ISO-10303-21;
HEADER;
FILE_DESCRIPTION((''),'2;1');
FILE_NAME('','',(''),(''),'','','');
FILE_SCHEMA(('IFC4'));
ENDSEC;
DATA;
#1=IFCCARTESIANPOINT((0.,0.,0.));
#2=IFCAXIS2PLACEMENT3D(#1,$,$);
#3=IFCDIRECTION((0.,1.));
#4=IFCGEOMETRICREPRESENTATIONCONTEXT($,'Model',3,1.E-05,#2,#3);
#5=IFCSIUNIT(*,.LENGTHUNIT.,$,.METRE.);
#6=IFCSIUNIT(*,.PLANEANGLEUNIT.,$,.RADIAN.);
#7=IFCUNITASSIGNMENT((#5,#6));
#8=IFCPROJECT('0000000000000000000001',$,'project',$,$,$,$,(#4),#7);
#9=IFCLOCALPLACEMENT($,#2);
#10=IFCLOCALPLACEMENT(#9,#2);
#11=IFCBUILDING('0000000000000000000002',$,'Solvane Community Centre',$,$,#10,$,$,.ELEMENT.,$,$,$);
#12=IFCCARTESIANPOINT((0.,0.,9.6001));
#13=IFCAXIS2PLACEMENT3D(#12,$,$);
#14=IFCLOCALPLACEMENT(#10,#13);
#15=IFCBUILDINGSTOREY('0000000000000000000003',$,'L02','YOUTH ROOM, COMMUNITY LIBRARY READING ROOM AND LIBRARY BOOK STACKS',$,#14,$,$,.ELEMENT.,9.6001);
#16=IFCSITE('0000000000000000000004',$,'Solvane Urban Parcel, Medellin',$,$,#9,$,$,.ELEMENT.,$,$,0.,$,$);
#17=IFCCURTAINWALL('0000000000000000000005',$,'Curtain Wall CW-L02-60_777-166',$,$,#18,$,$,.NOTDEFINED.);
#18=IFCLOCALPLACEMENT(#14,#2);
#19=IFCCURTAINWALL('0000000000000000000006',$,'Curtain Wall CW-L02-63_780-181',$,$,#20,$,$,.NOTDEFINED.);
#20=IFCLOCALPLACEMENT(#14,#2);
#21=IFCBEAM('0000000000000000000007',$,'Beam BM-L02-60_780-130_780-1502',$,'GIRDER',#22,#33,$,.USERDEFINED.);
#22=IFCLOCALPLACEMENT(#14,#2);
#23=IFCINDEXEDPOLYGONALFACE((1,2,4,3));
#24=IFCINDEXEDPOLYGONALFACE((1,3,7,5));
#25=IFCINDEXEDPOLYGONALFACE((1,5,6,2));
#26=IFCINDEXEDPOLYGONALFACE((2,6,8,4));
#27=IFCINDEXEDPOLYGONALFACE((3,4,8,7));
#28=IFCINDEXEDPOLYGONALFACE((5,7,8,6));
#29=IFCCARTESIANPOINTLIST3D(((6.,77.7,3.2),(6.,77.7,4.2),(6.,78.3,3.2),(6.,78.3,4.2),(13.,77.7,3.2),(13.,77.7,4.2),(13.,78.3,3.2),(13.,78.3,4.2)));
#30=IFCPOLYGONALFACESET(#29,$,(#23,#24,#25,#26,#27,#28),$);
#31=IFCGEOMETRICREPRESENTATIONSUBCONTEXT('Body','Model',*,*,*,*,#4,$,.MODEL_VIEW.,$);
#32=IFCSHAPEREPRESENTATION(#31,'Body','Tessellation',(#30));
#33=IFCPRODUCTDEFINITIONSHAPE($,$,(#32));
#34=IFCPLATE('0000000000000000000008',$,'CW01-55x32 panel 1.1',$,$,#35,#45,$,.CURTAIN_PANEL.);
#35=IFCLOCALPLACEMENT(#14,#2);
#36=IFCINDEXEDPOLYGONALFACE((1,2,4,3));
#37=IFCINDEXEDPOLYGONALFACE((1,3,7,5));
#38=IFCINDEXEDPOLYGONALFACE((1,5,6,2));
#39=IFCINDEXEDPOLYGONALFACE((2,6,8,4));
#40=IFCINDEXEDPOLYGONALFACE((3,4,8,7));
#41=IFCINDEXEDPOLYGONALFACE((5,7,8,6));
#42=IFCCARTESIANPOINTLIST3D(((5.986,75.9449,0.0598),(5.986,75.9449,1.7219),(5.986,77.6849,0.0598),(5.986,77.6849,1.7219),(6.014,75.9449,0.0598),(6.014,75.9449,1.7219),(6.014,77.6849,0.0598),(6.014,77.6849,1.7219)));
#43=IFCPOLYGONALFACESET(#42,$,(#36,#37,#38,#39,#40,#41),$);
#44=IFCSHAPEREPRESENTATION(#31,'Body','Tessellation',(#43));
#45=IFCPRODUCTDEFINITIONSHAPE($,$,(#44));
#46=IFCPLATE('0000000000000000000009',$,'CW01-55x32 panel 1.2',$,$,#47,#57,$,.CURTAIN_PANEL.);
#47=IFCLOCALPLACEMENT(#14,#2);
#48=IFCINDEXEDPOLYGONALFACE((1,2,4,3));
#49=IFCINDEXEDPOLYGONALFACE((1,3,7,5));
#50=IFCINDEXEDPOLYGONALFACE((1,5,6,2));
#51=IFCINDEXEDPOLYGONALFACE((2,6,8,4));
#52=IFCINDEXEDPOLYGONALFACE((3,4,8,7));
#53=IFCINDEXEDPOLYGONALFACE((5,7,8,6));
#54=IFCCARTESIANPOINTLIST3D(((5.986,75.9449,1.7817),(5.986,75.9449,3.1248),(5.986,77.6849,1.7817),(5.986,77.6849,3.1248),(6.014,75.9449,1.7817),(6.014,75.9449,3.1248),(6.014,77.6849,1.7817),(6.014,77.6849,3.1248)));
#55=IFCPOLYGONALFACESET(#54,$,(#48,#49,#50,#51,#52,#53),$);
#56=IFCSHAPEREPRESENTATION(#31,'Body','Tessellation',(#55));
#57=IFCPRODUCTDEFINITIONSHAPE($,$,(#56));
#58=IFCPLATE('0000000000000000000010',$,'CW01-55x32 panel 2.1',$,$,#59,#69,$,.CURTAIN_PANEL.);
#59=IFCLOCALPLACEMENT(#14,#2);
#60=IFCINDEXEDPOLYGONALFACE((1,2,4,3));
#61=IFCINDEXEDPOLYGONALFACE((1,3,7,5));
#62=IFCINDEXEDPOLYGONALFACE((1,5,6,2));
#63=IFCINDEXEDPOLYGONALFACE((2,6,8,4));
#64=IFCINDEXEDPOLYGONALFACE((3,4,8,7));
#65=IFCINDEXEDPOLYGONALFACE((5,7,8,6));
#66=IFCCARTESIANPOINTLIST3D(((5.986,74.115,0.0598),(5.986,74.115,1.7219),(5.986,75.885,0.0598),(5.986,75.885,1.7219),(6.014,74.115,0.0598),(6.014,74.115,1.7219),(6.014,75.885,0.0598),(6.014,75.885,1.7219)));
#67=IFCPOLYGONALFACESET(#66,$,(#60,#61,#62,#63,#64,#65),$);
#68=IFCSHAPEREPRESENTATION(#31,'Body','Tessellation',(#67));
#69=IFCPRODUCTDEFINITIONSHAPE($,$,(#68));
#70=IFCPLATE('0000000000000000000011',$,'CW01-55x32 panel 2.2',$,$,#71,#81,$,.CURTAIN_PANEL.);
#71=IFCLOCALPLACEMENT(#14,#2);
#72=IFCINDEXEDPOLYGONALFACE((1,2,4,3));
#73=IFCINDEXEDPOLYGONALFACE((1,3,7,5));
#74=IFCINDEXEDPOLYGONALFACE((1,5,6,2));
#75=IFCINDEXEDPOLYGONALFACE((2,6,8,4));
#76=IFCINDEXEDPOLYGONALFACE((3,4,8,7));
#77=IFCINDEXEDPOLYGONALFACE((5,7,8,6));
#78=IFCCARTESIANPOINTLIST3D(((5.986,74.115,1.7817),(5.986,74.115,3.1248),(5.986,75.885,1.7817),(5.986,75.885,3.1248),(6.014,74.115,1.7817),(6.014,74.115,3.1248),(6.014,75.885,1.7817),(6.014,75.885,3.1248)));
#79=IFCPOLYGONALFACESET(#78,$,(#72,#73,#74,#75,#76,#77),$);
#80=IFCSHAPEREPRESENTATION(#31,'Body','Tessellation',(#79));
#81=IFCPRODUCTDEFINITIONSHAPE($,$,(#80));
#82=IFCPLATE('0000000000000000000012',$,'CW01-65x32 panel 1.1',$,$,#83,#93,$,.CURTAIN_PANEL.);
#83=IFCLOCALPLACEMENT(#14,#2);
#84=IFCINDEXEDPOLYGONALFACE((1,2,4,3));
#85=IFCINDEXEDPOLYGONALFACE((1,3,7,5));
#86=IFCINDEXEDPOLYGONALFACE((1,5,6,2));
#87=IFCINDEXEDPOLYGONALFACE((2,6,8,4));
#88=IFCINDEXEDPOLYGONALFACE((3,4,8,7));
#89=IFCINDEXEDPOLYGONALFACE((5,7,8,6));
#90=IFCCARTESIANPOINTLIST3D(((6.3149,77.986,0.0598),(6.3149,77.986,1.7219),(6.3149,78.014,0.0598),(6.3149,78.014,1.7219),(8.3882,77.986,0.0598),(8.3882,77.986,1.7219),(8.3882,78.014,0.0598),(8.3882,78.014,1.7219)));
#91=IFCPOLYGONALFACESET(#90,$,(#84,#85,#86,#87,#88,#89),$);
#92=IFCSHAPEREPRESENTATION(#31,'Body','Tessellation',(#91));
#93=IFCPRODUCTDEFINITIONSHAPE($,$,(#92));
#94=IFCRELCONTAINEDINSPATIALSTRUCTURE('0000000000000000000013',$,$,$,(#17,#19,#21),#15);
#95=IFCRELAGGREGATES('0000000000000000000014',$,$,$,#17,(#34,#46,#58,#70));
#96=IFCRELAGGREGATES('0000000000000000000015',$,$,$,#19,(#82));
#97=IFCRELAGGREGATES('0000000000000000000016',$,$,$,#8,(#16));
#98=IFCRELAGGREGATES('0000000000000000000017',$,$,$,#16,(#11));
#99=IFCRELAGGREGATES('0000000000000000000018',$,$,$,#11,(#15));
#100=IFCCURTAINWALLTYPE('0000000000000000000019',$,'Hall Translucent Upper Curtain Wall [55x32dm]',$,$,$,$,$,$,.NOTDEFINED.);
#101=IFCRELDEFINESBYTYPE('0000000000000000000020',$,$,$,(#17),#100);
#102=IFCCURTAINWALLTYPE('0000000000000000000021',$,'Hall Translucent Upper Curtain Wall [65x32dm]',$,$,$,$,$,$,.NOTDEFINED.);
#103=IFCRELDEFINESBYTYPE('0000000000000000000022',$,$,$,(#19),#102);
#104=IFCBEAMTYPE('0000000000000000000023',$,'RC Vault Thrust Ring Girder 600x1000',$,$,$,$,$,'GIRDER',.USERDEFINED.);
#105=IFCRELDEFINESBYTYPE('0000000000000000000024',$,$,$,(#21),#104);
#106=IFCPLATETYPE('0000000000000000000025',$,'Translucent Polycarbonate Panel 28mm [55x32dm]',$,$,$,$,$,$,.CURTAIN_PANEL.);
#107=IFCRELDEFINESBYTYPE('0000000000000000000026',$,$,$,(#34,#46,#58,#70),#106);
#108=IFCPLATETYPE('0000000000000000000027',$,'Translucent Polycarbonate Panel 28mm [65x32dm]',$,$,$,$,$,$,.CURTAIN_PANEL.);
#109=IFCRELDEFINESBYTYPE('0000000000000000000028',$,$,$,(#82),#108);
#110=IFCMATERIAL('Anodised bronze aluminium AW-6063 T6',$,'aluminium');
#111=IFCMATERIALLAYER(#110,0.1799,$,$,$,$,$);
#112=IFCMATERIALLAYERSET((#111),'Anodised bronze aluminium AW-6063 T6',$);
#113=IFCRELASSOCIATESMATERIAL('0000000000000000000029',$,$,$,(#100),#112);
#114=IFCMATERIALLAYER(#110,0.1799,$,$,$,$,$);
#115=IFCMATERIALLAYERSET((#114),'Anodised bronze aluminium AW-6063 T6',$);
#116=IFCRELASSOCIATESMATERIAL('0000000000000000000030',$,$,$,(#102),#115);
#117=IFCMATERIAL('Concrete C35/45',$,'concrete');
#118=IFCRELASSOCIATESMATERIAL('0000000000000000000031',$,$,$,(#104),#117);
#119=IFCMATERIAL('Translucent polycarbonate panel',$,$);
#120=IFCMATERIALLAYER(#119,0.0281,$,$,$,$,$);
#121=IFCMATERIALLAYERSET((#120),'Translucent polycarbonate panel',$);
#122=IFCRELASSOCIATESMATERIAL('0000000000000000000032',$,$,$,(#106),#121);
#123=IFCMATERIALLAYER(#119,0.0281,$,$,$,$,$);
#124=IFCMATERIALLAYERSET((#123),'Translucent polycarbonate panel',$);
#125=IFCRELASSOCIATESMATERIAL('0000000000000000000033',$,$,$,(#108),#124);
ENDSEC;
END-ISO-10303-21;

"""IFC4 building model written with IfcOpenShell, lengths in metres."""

from ifc_helpers import new_model, si_unit, direction, frame, origin, origin_2d, place, context, subcontext, project, spatial, rectangle, extrude, material, layer, layer_set, material_profile, profile_set, type_object, element, aggregate, save


model = new_model("IFC4")

# Units and contexts
model_context = context("Model", 3, precision=1e-05, world=origin(), true_north=direction((0.0, 1.0)))
body_context = subcontext(model_context, "Body", "Model", "MODEL_VIEW")
ifc_project = project(units=[si_unit("LENGTHUNIT", "METRE"), si_unit("PLANEANGLEUNIT", "RADIAN")], contexts=[model_context])

# Site, building, storey
site_placement = place(None, origin())
site = spatial("IfcSite", under=ifc_project, at=site_placement, Name="Solvane Urban Parcel, Medellin", CompositionType="ELEMENT", RefElevation=0.0)
building_placement = place(site_placement, origin())
building = spatial("IfcBuilding", under=site, at=building_placement, Name="Solvane Community Centre", CompositionType="ELEMENT")
storey_placement = place(building_placement, frame((0.0, 0.0, 9.6001)))
storey = spatial("IfcBuildingStorey", under=building, at=storey_placement, Name="L02", Description="YOUTH ROOM, COMMUNITY LIBRARY READING ROOM AND LIBRARY BOOK STACKS", CompositionType="ELEMENT", Elevation=9.6001)

# Curtain wall
ifc_material_1 = material(Name="Anodised bronze aluminium AW-6063 T6", Category="aluminium")
ifc_layer_1 = layer(ifc_material_1, 0.1799)
ifc_layer_set_1 = layer_set([ifc_layer_1], Name="Anodised bronze aluminium AW-6063 T6")
curtain_wall_type_1 = type_object("IfcCurtainWallType", Name="Hall Translucent Upper Curtain Wall [55x32dm]", PredefinedType="NOTDEFINED", material=ifc_layer_set_1)
curtain_wall_1_placement = place(storey_placement, origin())
curtain_wall_1 = element("IfcCurtainWall", 1, at=curtain_wall_1_placement, inside=storey, type_object=curtain_wall_type_1, Name="Curtain Wall CW-L02-60_777-166", PredefinedType="NOTDEFINED")

# Curtain wall
ifc_layer_2 = layer(ifc_material_1, 0.1799)
ifc_layer_set_2 = layer_set([ifc_layer_2], Name="Anodised bronze aluminium AW-6063 T6")
curtain_wall_type_2 = type_object("IfcCurtainWallType", Name="Hall Translucent Upper Curtain Wall [65x32dm]", PredefinedType="NOTDEFINED", material=ifc_layer_set_2)
curtain_wall_2_placement = place(storey_placement, origin())
curtain_wall_2 = element("IfcCurtainWall", 2, at=curtain_wall_2_placement, inside=storey, type_object=curtain_wall_type_2, Name="Curtain Wall CW-L02-63_780-181", PredefinedType="NOTDEFINED")

# Beam
ifc_material_2 = material(Name="Concrete C35/45", Category="concrete")
ifc_material_profile_1 = material_profile(ifc_material_2, rectangle(XDim=0.6001, YDim=1.0, at=origin_2d()), Name="RC 600x1000")
ifc_profile_set_1 = profile_set([ifc_material_profile_1], Name="Concrete C35/45")
beam_type = type_object("IfcBeamType", Name="RC Vault Thrust Ring Girder 600x1000", ElementType="GIRDER", PredefinedType="USERDEFINED", material=ifc_profile_set_1)
for number, where, z_axis, x_axis, name in (
    (3, (6.0, 78.0, 3.7), (1.0, 0.0, 0.0), (0.0, 1.0, 0.0), "Beam BM-L02-60_780-130_780-1502"),
):
    element("IfcBeam", number, at=place(storey_placement, frame(where, z_axis=z_axis, x_axis=x_axis)), inside=storey, type_object=beam_type, Name=name, ObjectType="GIRDER", PredefinedType="USERDEFINED", context=body_context, shape_type="SweptSolid", body=[
        extrude(rectangle(XDim=0.6001, YDim=1.0, at=origin_2d()), origin(), (0.0, 0.0, 1.0), 7.0),
    ])

# Plates
ifc_material_3 = material(Name="Translucent polycarbonate panel")
ifc_layer_3 = layer(ifc_material_3, 0.0281)
ifc_layer_set_3 = layer_set([ifc_layer_3], Name="Translucent polycarbonate panel")
plate_type_1 = type_object("IfcPlateType", Name="Translucent Polycarbonate Panel 28mm [55x32dm]", PredefinedType="CURTAIN_PANEL", material=ifc_layer_set_3)
plate_1_placement = place(storey_placement, frame((6.0, 76.8149, 0.0598), z_axis=(0.0, 0.0, 1.0), x_axis=(0.0, -1.0, 0.0)))
plate_1 = element("IfcPlate", 4, at=plate_1_placement, type_object=plate_type_1, Name="CW01-55x32 panel 1.1", PredefinedType="CURTAIN_PANEL", context=body_context, shape_type="SweptSolid", body=[
    extrude(rectangle(XDim=1.74, YDim=0.0281, at=origin_2d()), origin(), (0.0, 0.0, 1.0), 1.6621),
])
plate_2_placement = place(storey_placement, frame((6.0, 76.8149, 1.7817), z_axis=(0.0, 0.0, 1.0), x_axis=(0.0, -1.0, 0.0)))
plate_2 = element("IfcPlate", 5, at=plate_2_placement, type_object=plate_type_1, Name="CW01-55x32 panel 1.2", PredefinedType="CURTAIN_PANEL", context=body_context, shape_type="SweptSolid", body=[
    extrude(rectangle(XDim=1.74, YDim=0.0281, at=origin_2d()), origin(), (0.0, 0.0, 1.0), 1.343),
])
plate_3_placement = place(storey_placement, frame((6.0, 75.0, 0.0598), z_axis=(0.0, 0.0, 1.0), x_axis=(0.0, -1.0, 0.0)))
plate_3 = element("IfcPlate", 6, at=plate_3_placement, type_object=plate_type_1, Name="CW01-55x32 panel 2.1", PredefinedType="CURTAIN_PANEL", context=body_context, shape_type="SweptSolid", body=[
    extrude(rectangle(XDim=1.77, YDim=0.0281, at=origin_2d()), origin(), (0.0, 0.0, 1.0), 1.6621),
])
plate_4_placement = place(storey_placement, frame((6.0, 75.0, 1.7817), z_axis=(0.0, 0.0, 1.0), x_axis=(0.0, -1.0, 0.0)))
plate_4 = element("IfcPlate", 7, at=plate_4_placement, type_object=plate_type_1, Name="CW01-55x32 panel 2.2", PredefinedType="CURTAIN_PANEL", context=body_context, shape_type="SweptSolid", body=[
    extrude(rectangle(XDim=1.77, YDim=0.0281, at=origin_2d()), origin(), (0.0, 0.0, 1.0), 1.343),
])
aggregate(curtain_wall_1, [plate_1, plate_2, plate_3, plate_4])
ifc_layer_4 = layer(ifc_material_3, 0.0281)
ifc_layer_set_4 = layer_set([ifc_layer_4], Name="Translucent polycarbonate panel")
plate_type_2 = type_object("IfcPlateType", Name="Translucent Polycarbonate Panel 28mm [65x32dm]", PredefinedType="CURTAIN_PANEL", material=ifc_layer_set_4)
plate_5_placement = place(storey_placement, frame((7.3516, 78.0, 0.0598), z_axis=(0.0, 0.0, 1.0), x_axis=(1.0, 0.0, 0.0)))
plate_5 = element("IfcPlate", 8, at=plate_5_placement, type_object=plate_type_2, Name="CW01-65x32 panel 1.1", PredefinedType="CURTAIN_PANEL", context=body_context, shape_type="SweptSolid", body=[
    extrude(rectangle(XDim=2.0732, YDim=0.0281, at=origin_2d()), origin(), (0.0, 0.0, 1.0), 1.6621),
])
aggregate(curtain_wall_2, [plate_5])

save(model, "model.ifc")
